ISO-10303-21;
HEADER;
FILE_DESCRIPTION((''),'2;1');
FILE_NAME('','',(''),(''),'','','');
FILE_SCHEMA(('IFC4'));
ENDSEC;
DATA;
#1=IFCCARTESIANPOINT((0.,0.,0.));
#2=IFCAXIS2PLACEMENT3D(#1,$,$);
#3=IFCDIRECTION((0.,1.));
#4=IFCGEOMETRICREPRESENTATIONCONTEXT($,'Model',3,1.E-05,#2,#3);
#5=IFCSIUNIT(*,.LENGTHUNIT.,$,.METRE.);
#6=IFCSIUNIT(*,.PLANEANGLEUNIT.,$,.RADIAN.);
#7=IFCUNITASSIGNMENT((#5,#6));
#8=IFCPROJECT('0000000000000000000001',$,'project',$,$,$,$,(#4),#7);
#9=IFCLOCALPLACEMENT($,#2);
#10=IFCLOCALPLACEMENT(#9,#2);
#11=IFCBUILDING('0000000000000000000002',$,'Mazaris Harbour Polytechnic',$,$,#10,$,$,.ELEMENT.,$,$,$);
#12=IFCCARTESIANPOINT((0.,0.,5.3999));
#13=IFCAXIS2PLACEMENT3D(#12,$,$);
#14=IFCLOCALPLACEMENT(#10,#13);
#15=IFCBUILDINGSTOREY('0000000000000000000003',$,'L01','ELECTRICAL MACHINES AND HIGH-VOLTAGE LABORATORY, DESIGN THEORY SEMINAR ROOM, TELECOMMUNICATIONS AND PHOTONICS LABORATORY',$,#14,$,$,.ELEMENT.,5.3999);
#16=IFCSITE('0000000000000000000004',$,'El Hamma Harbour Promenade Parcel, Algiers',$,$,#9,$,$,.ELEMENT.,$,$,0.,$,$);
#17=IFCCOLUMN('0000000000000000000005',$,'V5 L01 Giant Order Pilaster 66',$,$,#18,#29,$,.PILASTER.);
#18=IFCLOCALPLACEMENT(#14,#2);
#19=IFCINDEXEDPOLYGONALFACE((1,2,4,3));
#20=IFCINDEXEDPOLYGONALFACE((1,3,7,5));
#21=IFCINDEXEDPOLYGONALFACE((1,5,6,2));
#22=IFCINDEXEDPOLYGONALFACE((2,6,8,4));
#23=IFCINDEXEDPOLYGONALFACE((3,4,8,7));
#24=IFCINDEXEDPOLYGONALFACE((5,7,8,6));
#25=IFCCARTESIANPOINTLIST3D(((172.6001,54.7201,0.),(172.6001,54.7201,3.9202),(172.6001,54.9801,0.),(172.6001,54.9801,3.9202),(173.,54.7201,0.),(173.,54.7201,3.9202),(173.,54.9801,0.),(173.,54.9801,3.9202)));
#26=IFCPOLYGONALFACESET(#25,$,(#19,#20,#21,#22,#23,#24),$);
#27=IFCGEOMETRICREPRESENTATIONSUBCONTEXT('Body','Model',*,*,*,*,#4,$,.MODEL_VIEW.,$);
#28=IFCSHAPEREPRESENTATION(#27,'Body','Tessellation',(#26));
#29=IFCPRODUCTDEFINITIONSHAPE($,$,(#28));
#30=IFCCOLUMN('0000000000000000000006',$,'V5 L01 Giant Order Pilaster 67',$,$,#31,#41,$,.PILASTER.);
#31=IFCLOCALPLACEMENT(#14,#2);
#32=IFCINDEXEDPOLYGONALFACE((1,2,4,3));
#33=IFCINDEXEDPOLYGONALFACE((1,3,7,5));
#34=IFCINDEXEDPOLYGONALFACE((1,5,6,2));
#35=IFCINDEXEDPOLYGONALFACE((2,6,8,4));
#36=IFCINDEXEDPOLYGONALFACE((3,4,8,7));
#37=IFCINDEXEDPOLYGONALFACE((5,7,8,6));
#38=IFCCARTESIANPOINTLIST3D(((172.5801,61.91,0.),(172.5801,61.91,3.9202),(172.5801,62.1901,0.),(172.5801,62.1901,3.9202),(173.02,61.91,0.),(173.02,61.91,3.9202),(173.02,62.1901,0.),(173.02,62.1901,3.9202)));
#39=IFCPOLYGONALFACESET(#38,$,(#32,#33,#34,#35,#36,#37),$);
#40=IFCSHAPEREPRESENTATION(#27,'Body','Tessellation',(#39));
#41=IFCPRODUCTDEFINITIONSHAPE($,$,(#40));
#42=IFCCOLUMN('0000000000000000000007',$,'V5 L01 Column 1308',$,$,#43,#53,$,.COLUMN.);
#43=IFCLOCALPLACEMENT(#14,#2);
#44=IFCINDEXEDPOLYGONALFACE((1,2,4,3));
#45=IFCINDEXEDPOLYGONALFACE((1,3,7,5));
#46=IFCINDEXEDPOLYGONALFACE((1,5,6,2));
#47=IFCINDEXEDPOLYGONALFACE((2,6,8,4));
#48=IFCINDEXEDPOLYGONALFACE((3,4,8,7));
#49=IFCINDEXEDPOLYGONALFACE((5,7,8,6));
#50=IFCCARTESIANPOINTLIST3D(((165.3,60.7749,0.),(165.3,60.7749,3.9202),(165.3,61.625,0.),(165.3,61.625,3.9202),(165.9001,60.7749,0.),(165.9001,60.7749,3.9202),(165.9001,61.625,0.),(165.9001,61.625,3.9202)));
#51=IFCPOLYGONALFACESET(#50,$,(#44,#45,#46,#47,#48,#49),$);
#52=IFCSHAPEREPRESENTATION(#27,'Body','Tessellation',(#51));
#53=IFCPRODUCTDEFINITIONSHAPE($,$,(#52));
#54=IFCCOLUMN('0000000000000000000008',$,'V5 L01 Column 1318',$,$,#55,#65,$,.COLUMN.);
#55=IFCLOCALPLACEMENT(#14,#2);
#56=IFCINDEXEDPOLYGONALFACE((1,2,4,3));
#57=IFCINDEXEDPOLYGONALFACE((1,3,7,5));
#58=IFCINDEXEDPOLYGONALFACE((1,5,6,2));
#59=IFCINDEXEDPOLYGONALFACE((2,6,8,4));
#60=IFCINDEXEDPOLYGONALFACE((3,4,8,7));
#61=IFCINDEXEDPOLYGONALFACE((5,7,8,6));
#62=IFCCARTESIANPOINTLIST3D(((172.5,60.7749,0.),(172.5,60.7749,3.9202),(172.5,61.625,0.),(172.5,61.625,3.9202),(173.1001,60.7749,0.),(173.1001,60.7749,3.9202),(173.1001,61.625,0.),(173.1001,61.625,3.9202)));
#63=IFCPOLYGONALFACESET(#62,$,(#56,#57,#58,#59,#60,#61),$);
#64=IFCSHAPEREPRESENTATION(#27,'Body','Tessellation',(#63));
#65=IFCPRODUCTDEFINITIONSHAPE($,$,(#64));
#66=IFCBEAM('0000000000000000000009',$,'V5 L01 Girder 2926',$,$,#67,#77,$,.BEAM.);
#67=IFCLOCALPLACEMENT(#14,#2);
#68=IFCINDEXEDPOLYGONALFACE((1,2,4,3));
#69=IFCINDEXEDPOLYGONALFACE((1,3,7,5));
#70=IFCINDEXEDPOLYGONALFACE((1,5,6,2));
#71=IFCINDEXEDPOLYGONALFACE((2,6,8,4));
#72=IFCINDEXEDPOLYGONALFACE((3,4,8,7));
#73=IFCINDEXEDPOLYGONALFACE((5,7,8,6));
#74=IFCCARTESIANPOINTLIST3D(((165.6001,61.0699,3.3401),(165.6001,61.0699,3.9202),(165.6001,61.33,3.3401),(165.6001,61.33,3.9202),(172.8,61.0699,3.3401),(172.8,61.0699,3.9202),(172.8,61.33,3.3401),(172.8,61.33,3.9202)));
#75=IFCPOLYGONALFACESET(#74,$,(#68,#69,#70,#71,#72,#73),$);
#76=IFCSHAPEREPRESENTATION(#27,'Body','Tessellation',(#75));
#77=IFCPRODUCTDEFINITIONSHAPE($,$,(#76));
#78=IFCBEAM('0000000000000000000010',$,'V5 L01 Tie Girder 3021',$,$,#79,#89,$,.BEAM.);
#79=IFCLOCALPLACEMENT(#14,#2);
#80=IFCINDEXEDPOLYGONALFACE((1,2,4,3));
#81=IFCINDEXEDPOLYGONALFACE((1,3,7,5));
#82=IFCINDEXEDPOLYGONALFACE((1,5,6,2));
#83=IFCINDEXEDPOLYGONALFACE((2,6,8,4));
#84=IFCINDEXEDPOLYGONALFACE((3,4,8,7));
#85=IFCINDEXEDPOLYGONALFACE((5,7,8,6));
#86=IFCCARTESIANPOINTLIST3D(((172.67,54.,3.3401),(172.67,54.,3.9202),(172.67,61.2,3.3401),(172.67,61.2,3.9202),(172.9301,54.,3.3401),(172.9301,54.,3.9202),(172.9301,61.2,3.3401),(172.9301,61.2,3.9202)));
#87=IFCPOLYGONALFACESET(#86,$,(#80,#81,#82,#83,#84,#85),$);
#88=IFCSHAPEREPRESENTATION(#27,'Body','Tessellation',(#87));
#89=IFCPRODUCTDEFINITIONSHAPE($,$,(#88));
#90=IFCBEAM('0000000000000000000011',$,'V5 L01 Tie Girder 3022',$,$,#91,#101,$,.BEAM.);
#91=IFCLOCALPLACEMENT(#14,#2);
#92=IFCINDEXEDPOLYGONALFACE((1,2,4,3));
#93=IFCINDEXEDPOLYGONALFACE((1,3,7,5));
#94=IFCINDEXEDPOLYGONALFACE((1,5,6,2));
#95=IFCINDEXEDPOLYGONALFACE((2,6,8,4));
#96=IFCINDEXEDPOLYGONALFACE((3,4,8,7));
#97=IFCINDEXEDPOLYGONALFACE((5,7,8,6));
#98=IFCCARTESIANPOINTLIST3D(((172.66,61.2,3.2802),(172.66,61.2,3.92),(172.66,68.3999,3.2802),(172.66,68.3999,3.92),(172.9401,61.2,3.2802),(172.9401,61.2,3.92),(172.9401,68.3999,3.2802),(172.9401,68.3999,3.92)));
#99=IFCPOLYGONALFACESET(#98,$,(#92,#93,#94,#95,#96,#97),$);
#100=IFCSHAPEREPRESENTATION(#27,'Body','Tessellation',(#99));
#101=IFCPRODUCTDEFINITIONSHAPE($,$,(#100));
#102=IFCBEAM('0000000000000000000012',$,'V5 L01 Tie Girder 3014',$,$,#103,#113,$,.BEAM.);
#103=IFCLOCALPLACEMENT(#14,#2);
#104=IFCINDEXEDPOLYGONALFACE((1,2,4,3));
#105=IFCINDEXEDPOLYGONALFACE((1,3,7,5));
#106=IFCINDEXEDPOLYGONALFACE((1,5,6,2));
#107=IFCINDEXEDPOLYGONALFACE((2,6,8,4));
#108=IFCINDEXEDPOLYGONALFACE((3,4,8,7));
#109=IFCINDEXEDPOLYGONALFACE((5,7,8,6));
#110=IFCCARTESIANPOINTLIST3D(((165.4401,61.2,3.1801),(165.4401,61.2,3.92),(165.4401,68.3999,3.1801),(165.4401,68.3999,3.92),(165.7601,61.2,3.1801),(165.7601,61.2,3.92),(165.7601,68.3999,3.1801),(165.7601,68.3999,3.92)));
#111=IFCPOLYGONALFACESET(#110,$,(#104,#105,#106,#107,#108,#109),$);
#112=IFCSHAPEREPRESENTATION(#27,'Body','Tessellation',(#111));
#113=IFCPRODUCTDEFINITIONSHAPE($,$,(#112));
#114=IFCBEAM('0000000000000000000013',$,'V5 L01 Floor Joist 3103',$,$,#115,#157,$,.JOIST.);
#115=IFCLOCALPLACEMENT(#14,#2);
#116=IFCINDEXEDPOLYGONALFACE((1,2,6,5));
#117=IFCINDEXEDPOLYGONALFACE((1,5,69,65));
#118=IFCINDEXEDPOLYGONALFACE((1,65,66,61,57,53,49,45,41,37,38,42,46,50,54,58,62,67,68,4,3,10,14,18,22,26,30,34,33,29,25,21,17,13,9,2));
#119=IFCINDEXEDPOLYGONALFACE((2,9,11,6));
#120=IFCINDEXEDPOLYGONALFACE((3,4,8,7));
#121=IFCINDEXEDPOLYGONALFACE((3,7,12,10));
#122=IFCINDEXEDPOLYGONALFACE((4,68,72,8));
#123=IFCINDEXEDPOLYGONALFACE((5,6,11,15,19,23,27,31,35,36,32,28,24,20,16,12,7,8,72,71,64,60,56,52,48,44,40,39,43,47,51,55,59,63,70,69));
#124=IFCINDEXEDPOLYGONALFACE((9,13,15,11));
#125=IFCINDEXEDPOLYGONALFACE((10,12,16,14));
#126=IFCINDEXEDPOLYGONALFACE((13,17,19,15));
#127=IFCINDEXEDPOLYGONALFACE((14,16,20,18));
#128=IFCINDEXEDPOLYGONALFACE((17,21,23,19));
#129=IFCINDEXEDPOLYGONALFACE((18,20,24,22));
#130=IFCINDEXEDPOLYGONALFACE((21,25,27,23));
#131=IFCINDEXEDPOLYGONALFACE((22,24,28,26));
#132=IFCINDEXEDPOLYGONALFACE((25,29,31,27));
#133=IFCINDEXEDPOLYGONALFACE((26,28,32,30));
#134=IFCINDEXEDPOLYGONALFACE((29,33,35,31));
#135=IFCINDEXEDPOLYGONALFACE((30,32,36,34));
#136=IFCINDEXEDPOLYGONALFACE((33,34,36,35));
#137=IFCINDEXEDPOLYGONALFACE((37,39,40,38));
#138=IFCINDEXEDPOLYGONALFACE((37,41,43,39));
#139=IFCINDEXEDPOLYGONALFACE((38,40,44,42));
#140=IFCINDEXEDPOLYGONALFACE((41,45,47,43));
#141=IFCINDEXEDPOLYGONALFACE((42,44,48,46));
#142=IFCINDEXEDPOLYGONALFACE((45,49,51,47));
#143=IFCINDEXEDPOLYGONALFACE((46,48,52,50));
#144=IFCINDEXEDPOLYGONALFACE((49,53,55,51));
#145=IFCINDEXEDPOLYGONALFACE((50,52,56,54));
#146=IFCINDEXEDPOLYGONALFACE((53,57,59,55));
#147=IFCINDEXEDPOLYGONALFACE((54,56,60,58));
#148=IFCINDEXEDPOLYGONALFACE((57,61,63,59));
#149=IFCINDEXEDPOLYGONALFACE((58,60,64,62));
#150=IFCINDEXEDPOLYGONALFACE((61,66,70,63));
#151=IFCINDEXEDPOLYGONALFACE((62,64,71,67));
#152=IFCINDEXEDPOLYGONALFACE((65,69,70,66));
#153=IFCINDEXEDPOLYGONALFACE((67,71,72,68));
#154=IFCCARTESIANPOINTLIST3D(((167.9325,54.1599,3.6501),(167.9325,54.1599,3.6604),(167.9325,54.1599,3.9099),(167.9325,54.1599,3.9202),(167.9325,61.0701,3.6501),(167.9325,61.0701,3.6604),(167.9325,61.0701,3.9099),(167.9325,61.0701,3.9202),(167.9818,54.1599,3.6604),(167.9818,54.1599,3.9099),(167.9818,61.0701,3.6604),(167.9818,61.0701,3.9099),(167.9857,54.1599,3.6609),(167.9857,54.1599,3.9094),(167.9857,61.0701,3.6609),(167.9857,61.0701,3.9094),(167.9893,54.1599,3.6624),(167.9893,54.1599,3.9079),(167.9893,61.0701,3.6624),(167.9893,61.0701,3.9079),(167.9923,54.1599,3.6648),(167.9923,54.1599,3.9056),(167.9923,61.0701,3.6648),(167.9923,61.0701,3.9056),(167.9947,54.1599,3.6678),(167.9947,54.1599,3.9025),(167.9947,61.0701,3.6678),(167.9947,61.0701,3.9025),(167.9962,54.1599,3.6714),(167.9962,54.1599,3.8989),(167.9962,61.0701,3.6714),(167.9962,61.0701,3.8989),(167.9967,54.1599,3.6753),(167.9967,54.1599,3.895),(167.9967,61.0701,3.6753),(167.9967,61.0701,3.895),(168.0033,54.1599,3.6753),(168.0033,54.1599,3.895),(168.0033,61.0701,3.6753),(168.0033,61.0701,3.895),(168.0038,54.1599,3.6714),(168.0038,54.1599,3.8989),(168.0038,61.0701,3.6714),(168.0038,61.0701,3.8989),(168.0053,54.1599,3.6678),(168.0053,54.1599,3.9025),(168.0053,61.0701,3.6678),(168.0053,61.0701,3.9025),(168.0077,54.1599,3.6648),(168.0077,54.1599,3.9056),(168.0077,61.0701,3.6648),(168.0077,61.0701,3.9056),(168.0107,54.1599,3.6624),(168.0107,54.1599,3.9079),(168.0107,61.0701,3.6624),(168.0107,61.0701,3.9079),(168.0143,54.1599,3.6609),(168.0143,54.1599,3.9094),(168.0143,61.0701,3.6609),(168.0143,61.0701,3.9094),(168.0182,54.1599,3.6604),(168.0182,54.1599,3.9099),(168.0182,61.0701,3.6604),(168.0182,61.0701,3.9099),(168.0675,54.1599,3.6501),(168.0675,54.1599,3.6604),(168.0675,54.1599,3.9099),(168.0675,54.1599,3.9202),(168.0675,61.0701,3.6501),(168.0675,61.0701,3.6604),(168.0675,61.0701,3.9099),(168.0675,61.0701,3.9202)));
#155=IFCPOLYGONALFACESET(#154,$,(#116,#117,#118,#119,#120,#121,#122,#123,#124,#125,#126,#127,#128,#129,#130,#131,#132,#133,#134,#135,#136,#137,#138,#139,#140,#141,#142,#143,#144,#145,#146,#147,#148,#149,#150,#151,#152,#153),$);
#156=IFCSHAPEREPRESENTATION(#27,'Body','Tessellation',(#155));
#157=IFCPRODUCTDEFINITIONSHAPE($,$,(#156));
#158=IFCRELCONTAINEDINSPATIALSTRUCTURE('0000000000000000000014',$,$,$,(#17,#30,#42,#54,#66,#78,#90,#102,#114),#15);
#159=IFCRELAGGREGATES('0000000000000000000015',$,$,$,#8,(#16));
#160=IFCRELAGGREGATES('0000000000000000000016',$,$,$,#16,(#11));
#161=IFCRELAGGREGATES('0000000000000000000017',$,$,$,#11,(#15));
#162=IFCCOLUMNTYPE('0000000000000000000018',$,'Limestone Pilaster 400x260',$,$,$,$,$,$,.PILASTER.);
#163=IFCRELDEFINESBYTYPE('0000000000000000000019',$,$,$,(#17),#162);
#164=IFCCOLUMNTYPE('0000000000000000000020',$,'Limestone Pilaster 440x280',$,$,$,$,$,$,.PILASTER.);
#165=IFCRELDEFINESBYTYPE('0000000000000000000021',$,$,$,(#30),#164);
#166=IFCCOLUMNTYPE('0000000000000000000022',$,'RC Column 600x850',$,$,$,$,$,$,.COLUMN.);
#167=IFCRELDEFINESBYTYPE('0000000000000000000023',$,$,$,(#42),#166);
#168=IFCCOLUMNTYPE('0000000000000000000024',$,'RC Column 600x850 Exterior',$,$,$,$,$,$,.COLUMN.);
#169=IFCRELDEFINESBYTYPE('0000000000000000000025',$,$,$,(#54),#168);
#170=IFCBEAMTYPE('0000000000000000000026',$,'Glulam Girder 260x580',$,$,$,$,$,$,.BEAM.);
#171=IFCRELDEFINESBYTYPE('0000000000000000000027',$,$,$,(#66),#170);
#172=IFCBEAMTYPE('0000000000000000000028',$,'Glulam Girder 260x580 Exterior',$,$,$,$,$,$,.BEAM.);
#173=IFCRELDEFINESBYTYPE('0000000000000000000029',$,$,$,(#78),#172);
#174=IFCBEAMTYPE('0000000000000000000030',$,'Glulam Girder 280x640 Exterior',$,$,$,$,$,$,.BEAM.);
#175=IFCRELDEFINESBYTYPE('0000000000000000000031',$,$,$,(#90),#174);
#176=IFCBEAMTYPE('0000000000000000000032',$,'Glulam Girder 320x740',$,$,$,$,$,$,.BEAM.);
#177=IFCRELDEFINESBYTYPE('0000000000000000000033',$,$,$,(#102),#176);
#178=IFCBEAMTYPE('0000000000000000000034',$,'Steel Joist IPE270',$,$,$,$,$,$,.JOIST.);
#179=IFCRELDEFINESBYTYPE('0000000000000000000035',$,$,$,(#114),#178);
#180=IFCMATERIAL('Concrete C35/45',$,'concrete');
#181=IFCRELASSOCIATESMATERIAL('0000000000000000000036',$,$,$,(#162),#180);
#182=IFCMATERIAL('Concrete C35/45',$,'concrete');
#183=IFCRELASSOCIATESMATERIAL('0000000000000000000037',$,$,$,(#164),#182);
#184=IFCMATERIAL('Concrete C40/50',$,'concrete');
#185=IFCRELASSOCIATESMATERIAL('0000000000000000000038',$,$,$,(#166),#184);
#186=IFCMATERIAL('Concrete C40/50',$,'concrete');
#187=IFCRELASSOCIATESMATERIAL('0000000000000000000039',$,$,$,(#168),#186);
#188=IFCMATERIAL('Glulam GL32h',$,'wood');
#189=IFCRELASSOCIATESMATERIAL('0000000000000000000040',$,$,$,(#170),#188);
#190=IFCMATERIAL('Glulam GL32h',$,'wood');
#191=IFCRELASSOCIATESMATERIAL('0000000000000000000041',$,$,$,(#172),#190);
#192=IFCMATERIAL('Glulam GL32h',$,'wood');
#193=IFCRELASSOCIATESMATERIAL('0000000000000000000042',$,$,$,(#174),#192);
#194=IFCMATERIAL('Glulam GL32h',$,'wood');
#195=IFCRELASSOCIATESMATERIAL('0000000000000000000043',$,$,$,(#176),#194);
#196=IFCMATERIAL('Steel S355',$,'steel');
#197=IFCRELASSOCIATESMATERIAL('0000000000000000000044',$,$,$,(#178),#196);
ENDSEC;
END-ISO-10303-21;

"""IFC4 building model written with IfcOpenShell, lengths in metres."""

from ifc_helpers import new_model, si_unit, direction, frame, origin, origin_2d, place, context, subcontext, project, spatial, rectangle, i_section, extrude, material, material_profile, profile_set, type_object, element, save


model = new_model("IFC4")

# Units and contexts
model_context = context("Model", 3, precision=1e-05, world=origin(), true_north=direction((0.0, 1.0)))
body_context = subcontext(model_context, "Body", "Model", "MODEL_VIEW")
ifc_project = project(units=[si_unit("LENGTHUNIT", "METRE"), si_unit("PLANEANGLEUNIT", "RADIAN")], contexts=[model_context])

# Site, building, storey
site_placement = place(None, origin())
site = spatial("IfcSite", under=ifc_project, at=site_placement, Name="El Hamma Harbour Promenade Parcel, Algiers", CompositionType="ELEMENT", RefElevation=0.0)
building_placement = place(site_placement, origin())
building = spatial("IfcBuilding", under=site, at=building_placement, Name="Mazaris Harbour Polytechnic", CompositionType="ELEMENT")
storey_placement = place(building_placement, frame((0.0, 0.0, 5.3999)))
storey = spatial("IfcBuildingStorey", under=building, at=storey_placement, Name="L01", Description="ELECTRICAL MACHINES AND HIGH-VOLTAGE LABORATORY, DESIGN THEORY SEMINAR ROOM, TELECOMMUNICATIONS AND PHOTONICS LABORATORY", CompositionType="ELEMENT", Elevation=5.3999)

# Columns
ifc_material_1 = material(Name="Concrete C35/45", Category="concrete")
ifc_material_profile_1 = material_profile(ifc_material_1, rectangle(XDim=0.3999, YDim=0.26, at=origin_2d()), Name="RECT400x260")
ifc_profile_set_1 = profile_set([ifc_material_profile_1], Name="Concrete C35/45")
column_type_1 = type_object("IfcColumnType", Name="Limestone Pilaster 400x260", PredefinedType="PILASTER", material=ifc_profile_set_1)
column_1_placement = place(storey_placement, frame((172.8, 54.8501, 0.0), z_axis=(0.0, 0.0, 1.0), x_axis=(1.0, 0.0, 0.0)))
element("IfcColumn", 1, at=column_1_placement, inside=storey, type_object=column_type_1, Name="V5 L01 Giant Order Pilaster 66", PredefinedType="PILASTER", context=body_context, shape_type="SweptSolid", body=[
    extrude(rectangle(XDim=0.3999, YDim=0.26, at=origin_2d()), origin(), (0.0, 0.0, 1.0), 3.9202),
])
ifc_material_2 = material(Name="Concrete C35/45", Category="concrete")
ifc_material_profile_2 = material_profile(ifc_material_2, rectangle(XDim=0.4399, YDim=0.28, at=origin_2d()), Name="RECT440x280")
ifc_profile_set_2 = profile_set([ifc_material_profile_2], Name="Concrete C35/45")
column_type_2 = type_object("IfcColumnType", Name="Limestone Pilaster 440x280", PredefinedType="PILASTER", material=ifc_profile_set_2)
column_2_placement = place(storey_placement, frame((172.8, 62.05, 0.0), z_axis=(0.0, 0.0, 1.0), x_axis=(1.0, 0.0, 0.0)))
element("IfcColumn", 2, at=column_2_placement, inside=storey, type_object=column_type_2, Name="V5 L01 Giant Order Pilaster 67", PredefinedType="PILASTER", context=body_context, shape_type="SweptSolid", body=[
    extrude(rectangle(XDim=0.4399, YDim=0.28, at=origin_2d()), origin(), (0.0, 0.0, 1.0), 3.9202),
])
ifc_material_3 = material(Name="Concrete C40/50", Category="concrete")
ifc_material_profile_3 = material_profile(ifc_material_3, rectangle(XDim=0.6001, YDim=0.8501, at=origin_2d()), Name="RECT600x850")
ifc_profile_set_3 = profile_set([ifc_material_profile_3], Name="Concrete C40/50")
column_type_3 = type_object("IfcColumnType", Name="RC Column 600x850", PredefinedType="COLUMN", material=ifc_profile_set_3)
column_3_placement = place(storey_placement, frame((165.6001, 61.2, 0.0), z_axis=(0.0, 0.0, 1.0), x_axis=(1.0, 0.0, 0.0)))
element("IfcColumn", 3, at=column_3_placement, inside=storey, type_object=column_type_3, Name="V5 L01 Column 1308", PredefinedType="COLUMN", context=body_context, shape_type="SweptSolid", body=[
    extrude(rectangle(XDim=0.6001, YDim=0.8501, at=origin_2d()), origin(), (0.0, 0.0, 1.0), 3.9202),
])
ifc_material_4 = material(Name="Concrete C40/50", Category="concrete")
ifc_material_profile_4 = material_profile(ifc_material_4, rectangle(XDim=0.6001, YDim=0.8501, at=origin_2d()), Name="RECT600x850")
ifc_profile_set_4 = profile_set([ifc_material_profile_4], Name="Concrete C40/50")
column_type_4 = type_object("IfcColumnType", Name="RC Column 600x850 Exterior", PredefinedType="COLUMN", material=ifc_profile_set_4)
column_4_placement = place(storey_placement, frame((172.8, 61.2, 0.0), z_axis=(0.0, 0.0, 1.0), x_axis=(1.0, 0.0, 0.0)))
element("IfcColumn", 4, at=column_4_placement, inside=storey, type_object=column_type_4, Name="V5 L01 Column 1318", PredefinedType="COLUMN", context=body_context, shape_type="SweptSolid", body=[
    extrude(rectangle(XDim=0.6001, YDim=0.8501, at=origin_2d()), origin(), (0.0, 0.0, 1.0), 3.9202),
])

# Beams
ifc_material_5 = material(Name="Glulam GL32h", Category="wood")
ifc_material_profile_5 = material_profile(ifc_material_5, rectangle(XDim=0.26, YDim=0.5801, at=origin_2d()), Name="RECT260x580")
ifc_profile_set_5 = profile_set([ifc_material_profile_5], Name="Glulam GL32h")
beam_type_1 = type_object("IfcBeamType", Name="Glulam Girder 260x580", PredefinedType="BEAM", material=ifc_profile_set_5)
beam_1_placement = place(storey_placement, frame((165.6001, 61.2, 3.6301), z_axis=(1.0, 0.0, 0.0), x_axis=(0.0, 1.0, 0.0)))
element("IfcBeam", 5, at=beam_1_placement, inside=storey, type_object=beam_type_1, Name="V5 L01 Girder 2926", PredefinedType="BEAM", context=body_context, shape_type="SweptSolid", body=[
    extrude(rectangle(XDim=0.26, YDim=0.5801, at=origin_2d()), origin(), (0.0, 0.0, 1.0), 7.2),
])
ifc_material_6 = material(Name="Glulam GL32h", Category="wood")
ifc_material_profile_6 = material_profile(ifc_material_6, rectangle(XDim=0.26, YDim=0.5801, at=origin_2d()), Name="RECT260x580")
ifc_profile_set_6 = profile_set([ifc_material_profile_6], Name="Glulam GL32h")
beam_type_2 = type_object("IfcBeamType", Name="Glulam Girder 260x580 Exterior", PredefinedType="BEAM", material=ifc_profile_set_6)
beam_2_placement = place(storey_placement, frame((172.8, 54.0, 3.6301), z_axis=(0.0, 1.0, 0.0), x_axis=(-1.0, 0.0, 0.0)))
element("IfcBeam", 6, at=beam_2_placement, inside=storey, type_object=beam_type_2, Name="V5 L01 Tie Girder 3021", PredefinedType="BEAM", context=body_context, shape_type="SweptSolid", body=[
    extrude(rectangle(XDim=0.26, YDim=0.5801, at=origin_2d()), origin(), (0.0, 0.0, 1.0), 7.2),
])
ifc_material_7 = material(Name="Glulam GL32h", Category="wood")
ifc_material_profile_7 = material_profile(ifc_material_7, rectangle(XDim=0.28, YDim=0.6399, at=origin_2d()), Name="RECT280x640")
ifc_profile_set_7 = profile_set([ifc_material_profile_7], Name="Glulam GL32h")
beam_type_3 = type_object("IfcBeamType", Name="Glulam Girder 280x640 Exterior", PredefinedType="BEAM", material=ifc_profile_set_7)
beam_3_placement = place(storey_placement, frame((172.8, 61.2, 3.6001), z_axis=(0.0, 1.0, 0.0), x_axis=(-1.0, 0.0, 0.0)))
element("IfcBeam", 7, at=beam_3_placement, inside=storey, type_object=beam_type_3, Name="V5 L01 Tie Girder 3022", PredefinedType="BEAM", context=body_context, shape_type="SweptSolid", body=[
    extrude(rectangle(XDim=0.28, YDim=0.6399, at=origin_2d()), origin(), (0.0, 0.0, 1.0), 7.2),
])
ifc_material_8 = material(Name="Glulam GL32h", Category="wood")
ifc_material_profile_8 = material_profile(ifc_material_8, rectangle(XDim=0.3201, YDim=0.74, at=origin_2d()), Name="RECT320x740")
ifc_profile_set_8 = profile_set([ifc_material_profile_8], Name="Glulam GL32h")
beam_type_4 = type_object("IfcBeamType", Name="Glulam Girder 320x740", PredefinedType="BEAM", material=ifc_profile_set_8)
beam_4_placement = place(storey_placement, frame((165.6001, 61.2, 3.55), z_axis=(0.0, 1.0, 0.0), x_axis=(-1.0, 0.0, 0.0)))
element("IfcBeam", 8, at=beam_4_placement, inside=storey, type_object=beam_type_4, Name="V5 L01 Tie Girder 3014", PredefinedType="BEAM", context=body_context, shape_type="SweptSolid", body=[
    extrude(rectangle(XDim=0.3201, YDim=0.74, at=origin_2d()), origin(), (0.0, 0.0, 1.0), 7.2),
])
ifc_material_9 = material(Name="Steel S355", Category="steel")
ifc_material_profile_9 = material_profile(ifc_material_9, i_section(OverallWidth=0.135, OverallDepth=0.27, WebThickness=0.0066, FlangeThickness=0.0103, FilletRadius=0.0149, at=origin_2d()), Name="IPE 270")
ifc_profile_set_9 = profile_set([ifc_material_profile_9], Name="Steel S355")
beam_type_5 = type_object("IfcBeamType", Name="Steel Joist IPE270", PredefinedType="JOIST", material=ifc_profile_set_9)
beam_5_placement = place(storey_placement, frame((168.0, 54.1599, 3.7852), z_axis=(0.0, 1.0, 0.0), x_axis=(-1.0, 0.0, 0.0)))
element("IfcBeam", 9, at=beam_5_placement, inside=storey, type_object=beam_type_5, Name="V5 L01 Floor Joist 3103", PredefinedType="JOIST", context=body_context, shape_type="SweptSolid", body=[
    extrude(i_section(OverallWidth=0.135, OverallDepth=0.27, WebThickness=0.0066, FlangeThickness=0.0103, FilletRadius=0.0149, at=origin_2d()), origin(), (0.0, 0.0, 1.0), 6.9102),
])

save(model, "model.ifc")
